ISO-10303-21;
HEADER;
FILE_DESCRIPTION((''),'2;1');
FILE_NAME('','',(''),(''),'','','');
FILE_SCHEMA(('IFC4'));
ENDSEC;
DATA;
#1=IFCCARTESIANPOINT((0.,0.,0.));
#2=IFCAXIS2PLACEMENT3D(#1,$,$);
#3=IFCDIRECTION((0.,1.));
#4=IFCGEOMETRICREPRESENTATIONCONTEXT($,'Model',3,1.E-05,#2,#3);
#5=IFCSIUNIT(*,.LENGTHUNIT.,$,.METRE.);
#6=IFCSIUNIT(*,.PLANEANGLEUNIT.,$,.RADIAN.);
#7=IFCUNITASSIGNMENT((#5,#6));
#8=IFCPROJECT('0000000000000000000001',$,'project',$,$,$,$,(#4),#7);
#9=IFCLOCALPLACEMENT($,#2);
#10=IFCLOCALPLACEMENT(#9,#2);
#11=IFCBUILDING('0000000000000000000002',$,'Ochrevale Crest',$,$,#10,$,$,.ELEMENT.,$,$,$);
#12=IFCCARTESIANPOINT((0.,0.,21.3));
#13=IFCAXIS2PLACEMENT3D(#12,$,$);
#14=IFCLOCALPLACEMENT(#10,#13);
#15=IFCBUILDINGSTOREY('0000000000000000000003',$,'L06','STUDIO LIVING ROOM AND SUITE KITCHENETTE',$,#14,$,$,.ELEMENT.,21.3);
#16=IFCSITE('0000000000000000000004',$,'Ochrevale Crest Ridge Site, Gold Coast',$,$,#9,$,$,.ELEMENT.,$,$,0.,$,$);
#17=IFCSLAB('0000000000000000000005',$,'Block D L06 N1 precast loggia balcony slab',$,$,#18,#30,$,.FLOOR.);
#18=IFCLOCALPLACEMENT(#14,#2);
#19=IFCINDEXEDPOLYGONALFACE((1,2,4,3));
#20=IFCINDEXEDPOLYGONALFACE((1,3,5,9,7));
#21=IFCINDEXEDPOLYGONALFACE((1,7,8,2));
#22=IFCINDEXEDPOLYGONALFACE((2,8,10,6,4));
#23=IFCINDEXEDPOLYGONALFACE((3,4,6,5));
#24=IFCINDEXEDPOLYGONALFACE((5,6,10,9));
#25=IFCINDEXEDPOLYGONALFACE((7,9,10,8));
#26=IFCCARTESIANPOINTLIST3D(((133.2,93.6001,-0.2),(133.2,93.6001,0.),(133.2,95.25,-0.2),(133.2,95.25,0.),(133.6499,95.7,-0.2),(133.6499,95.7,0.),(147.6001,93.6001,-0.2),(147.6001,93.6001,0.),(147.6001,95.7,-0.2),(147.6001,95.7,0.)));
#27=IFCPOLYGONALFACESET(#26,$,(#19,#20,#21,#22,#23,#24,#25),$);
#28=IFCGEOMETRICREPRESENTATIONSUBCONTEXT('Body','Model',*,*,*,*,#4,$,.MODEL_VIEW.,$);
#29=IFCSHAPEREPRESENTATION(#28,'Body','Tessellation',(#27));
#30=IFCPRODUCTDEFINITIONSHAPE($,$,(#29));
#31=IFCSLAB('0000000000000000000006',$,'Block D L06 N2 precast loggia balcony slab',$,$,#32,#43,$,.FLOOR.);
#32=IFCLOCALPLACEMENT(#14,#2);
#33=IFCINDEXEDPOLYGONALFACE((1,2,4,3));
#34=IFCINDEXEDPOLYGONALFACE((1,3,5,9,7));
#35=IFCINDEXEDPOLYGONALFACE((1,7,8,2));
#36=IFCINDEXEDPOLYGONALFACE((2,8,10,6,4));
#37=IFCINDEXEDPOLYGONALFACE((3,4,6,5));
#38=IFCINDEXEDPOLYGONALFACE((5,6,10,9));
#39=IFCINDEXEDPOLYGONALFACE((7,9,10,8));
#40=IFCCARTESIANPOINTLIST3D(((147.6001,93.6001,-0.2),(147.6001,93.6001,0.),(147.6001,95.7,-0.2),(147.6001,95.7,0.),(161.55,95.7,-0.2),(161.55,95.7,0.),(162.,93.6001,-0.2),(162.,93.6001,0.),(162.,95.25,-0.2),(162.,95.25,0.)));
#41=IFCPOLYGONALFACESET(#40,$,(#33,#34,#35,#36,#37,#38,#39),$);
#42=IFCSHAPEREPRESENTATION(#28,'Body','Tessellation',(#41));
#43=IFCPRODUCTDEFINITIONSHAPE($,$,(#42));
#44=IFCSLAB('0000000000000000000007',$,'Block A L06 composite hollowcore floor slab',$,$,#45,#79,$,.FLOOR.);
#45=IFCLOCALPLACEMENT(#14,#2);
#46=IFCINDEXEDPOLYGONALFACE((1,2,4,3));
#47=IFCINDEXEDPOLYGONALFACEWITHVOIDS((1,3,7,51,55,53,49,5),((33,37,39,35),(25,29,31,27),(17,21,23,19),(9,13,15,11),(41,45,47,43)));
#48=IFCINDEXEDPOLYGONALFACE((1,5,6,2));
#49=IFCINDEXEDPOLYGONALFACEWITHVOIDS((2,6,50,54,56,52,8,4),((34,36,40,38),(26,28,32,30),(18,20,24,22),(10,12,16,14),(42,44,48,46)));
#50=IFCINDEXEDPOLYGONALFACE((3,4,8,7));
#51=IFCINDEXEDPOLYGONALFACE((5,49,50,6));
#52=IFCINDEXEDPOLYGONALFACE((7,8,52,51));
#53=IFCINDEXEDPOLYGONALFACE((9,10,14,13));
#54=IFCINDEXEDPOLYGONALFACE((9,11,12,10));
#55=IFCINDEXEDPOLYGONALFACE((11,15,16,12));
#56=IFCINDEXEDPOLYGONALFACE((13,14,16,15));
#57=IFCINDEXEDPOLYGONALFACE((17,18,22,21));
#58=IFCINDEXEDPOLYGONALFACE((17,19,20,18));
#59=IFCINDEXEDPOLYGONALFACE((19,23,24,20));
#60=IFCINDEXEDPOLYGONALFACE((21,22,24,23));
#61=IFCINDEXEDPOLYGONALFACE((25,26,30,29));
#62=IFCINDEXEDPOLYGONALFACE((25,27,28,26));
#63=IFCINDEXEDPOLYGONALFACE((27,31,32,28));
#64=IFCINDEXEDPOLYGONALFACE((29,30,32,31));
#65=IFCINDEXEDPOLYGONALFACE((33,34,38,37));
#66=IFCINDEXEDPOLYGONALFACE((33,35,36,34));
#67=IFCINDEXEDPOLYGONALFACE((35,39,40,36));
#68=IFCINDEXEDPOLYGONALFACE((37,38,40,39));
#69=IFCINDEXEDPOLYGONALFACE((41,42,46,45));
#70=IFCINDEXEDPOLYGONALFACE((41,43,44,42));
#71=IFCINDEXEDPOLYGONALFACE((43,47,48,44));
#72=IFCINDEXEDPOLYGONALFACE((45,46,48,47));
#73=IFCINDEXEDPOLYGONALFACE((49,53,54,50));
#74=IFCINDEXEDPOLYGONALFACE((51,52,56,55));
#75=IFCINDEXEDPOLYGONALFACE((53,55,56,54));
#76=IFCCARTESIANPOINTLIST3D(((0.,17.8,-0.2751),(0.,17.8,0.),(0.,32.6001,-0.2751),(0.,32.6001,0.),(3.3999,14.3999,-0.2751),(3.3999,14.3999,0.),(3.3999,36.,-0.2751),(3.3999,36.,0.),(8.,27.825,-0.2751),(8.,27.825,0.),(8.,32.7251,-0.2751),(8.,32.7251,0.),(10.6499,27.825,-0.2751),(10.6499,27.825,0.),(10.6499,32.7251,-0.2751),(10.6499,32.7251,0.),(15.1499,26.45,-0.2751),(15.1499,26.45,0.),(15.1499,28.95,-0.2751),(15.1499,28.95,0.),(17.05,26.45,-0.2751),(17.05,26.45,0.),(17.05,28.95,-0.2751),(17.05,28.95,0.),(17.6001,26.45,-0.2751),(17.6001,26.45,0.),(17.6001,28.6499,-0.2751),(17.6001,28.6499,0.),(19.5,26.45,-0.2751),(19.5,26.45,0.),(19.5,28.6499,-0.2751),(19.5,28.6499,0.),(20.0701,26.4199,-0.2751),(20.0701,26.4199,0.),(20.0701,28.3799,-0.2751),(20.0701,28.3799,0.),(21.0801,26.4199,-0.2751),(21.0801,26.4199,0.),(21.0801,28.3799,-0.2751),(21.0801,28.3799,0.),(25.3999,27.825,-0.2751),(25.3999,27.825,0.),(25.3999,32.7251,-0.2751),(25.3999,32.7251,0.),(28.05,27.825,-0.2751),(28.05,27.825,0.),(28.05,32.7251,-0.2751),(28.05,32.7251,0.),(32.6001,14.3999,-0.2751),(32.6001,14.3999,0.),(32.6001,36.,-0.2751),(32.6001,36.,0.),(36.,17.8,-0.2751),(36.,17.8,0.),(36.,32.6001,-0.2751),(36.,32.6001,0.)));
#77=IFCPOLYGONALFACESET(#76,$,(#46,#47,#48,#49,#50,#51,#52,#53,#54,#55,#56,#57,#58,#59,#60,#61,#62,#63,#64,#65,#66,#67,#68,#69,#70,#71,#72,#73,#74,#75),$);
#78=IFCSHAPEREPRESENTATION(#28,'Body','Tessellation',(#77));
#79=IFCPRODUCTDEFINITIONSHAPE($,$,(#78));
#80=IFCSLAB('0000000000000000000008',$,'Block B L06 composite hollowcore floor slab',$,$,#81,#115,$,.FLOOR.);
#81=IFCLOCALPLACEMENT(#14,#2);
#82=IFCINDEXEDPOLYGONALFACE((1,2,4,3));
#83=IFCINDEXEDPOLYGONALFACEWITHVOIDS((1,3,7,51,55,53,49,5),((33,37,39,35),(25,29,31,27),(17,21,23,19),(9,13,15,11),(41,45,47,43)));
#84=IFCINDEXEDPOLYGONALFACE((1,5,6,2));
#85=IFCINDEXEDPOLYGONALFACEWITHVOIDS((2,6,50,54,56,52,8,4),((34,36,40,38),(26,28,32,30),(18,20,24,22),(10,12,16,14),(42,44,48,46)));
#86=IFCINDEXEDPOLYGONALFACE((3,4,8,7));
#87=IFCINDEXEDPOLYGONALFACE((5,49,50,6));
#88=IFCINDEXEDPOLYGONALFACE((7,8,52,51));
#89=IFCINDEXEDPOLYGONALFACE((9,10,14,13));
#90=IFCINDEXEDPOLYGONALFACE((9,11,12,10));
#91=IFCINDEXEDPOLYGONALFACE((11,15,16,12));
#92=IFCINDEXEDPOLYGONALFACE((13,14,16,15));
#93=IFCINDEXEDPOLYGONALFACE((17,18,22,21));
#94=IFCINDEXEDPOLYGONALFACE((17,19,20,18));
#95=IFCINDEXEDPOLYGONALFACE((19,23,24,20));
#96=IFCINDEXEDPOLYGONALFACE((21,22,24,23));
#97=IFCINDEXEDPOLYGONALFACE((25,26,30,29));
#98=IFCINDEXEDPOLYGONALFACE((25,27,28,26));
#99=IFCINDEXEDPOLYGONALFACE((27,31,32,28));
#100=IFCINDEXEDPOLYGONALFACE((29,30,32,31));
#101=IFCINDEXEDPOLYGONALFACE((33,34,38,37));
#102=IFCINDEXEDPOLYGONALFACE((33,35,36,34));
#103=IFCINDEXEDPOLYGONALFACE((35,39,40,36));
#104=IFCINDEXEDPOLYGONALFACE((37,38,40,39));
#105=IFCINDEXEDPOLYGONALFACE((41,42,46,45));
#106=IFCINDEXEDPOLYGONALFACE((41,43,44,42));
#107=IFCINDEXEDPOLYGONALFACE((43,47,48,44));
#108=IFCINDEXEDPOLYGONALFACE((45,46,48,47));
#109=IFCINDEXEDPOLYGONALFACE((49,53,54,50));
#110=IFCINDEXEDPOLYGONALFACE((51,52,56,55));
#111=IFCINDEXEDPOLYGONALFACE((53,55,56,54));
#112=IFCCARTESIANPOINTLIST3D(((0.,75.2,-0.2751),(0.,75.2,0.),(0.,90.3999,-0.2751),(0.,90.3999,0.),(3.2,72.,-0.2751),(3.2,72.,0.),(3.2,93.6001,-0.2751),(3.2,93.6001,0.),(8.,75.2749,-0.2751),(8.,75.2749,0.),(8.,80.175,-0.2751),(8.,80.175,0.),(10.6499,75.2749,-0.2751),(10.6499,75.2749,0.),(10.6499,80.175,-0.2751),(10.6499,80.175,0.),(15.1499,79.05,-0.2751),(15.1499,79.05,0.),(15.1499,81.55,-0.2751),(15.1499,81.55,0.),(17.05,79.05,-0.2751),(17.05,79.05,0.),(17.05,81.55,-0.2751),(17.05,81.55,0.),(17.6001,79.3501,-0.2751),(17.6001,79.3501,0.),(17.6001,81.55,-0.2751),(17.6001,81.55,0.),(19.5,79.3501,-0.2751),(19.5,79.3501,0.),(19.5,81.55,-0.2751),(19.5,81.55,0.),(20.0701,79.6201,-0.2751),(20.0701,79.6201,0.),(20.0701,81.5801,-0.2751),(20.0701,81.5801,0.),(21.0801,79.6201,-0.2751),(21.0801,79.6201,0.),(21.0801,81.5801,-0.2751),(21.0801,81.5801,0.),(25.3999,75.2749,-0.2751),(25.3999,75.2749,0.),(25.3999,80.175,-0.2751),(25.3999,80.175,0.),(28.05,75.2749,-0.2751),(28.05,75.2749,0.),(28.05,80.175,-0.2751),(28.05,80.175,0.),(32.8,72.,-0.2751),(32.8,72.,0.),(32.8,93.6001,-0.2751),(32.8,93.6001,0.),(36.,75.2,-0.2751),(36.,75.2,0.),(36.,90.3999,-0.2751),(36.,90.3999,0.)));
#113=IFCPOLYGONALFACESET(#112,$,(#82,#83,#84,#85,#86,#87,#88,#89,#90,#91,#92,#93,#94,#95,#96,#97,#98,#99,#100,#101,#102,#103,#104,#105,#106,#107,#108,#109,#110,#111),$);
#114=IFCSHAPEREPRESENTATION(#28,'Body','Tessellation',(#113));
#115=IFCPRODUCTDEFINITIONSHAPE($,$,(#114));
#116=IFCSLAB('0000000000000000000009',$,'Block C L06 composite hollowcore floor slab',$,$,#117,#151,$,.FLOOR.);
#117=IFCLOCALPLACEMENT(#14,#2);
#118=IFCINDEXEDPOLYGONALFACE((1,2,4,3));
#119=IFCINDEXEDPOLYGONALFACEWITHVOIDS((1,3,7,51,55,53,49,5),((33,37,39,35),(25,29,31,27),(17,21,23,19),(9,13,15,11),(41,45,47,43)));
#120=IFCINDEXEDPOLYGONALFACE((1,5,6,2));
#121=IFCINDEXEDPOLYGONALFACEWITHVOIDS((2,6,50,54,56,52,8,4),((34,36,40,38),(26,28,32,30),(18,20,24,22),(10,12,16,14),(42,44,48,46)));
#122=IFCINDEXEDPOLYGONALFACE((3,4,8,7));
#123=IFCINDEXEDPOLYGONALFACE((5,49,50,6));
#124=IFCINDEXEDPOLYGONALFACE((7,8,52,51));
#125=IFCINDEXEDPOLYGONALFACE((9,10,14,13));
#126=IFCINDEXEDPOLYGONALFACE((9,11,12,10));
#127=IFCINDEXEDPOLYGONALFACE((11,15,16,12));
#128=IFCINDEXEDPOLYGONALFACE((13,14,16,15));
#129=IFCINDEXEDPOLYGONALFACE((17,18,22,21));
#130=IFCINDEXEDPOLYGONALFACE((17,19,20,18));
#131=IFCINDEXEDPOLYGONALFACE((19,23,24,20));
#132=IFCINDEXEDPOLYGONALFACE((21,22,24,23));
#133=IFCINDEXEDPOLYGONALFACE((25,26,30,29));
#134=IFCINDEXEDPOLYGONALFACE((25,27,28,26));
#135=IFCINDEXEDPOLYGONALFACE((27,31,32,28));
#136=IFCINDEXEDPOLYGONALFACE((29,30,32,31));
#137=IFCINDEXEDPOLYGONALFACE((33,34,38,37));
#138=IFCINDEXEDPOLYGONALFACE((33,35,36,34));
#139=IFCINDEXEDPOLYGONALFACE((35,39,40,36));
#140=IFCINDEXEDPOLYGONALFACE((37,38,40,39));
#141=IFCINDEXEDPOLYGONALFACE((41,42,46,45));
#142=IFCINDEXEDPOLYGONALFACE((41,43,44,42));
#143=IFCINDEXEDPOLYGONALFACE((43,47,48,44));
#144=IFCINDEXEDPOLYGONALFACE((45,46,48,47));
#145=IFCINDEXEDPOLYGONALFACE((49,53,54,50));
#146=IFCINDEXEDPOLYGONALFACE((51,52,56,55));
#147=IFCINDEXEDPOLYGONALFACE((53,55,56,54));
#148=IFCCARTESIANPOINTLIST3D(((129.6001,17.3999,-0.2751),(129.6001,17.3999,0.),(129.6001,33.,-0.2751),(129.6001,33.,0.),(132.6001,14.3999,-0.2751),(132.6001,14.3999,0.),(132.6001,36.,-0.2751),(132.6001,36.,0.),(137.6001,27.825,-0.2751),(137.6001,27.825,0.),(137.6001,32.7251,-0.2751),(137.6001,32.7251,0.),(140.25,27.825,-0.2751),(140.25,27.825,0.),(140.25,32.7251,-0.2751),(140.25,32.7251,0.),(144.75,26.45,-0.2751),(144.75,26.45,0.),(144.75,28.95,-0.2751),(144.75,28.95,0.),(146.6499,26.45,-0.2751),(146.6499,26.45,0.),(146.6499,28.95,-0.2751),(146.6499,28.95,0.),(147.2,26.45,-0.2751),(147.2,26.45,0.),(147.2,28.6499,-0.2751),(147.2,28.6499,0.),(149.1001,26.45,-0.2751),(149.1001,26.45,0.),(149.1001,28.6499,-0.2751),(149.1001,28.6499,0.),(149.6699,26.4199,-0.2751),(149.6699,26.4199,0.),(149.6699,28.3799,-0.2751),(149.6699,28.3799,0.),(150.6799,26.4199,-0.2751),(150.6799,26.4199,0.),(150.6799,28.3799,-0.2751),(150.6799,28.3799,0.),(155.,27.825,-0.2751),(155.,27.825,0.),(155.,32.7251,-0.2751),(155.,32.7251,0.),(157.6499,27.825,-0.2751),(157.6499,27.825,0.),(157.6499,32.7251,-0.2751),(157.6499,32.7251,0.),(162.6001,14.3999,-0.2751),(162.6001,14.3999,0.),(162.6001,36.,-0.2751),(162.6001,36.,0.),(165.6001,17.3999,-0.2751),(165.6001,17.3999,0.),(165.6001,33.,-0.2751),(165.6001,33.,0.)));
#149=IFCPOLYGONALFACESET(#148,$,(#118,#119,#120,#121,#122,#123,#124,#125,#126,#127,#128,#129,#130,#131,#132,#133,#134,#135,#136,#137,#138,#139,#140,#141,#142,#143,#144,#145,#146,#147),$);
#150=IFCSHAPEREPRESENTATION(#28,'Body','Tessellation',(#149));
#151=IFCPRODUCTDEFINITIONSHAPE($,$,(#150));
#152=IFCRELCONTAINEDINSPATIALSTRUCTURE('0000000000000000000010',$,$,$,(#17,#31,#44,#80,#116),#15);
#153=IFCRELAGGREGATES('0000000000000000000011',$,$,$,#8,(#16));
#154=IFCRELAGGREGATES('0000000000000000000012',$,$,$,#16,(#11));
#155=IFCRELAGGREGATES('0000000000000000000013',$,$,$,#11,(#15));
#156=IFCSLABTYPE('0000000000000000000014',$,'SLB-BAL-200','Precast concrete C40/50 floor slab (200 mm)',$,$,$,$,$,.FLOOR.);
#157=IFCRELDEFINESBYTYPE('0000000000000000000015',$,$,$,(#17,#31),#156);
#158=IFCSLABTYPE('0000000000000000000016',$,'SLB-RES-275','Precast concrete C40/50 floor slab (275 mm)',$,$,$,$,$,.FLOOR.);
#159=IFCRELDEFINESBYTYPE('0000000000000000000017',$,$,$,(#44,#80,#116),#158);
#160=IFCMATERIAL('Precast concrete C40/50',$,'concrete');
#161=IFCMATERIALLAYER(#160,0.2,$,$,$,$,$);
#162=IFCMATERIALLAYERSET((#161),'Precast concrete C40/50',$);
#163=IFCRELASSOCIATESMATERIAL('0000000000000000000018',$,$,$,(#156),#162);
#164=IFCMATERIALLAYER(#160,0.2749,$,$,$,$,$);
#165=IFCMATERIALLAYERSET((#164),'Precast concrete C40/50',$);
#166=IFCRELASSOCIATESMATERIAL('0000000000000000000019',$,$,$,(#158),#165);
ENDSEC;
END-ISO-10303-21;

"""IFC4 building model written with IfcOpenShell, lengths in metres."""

from ifc_helpers import new_model, si_unit, direction, frame, origin, place, context, subcontext, project, spatial, polyline, outline, extrude, material, layer, layer_set, type_object, element, save


model = new_model("IFC4")

# Units and contexts
model_context = context("Model", 3, precision=1e-05, world=origin(), true_north=direction((0.0, 1.0)))
body_context = subcontext(model_context, "Body", "Model", "MODEL_VIEW")
ifc_project = project(units=[si_unit("LENGTHUNIT", "METRE"), si_unit("PLANEANGLEUNIT", "RADIAN")], contexts=[model_context])

# Site, building, storey
site_placement = place(None, origin())
site = spatial("IfcSite", under=ifc_project, at=site_placement, Name="Ochrevale Crest Ridge Site, Gold Coast", CompositionType="ELEMENT", RefElevation=0.0)
building_placement = place(site_placement, origin())
building = spatial("IfcBuilding", under=site, at=building_placement, Name="Ochrevale Crest", CompositionType="ELEMENT")
storey_placement = place(building_placement, frame((0.0, 0.0, 21.3)))
storey = spatial("IfcBuildingStorey", under=building, at=storey_placement, Name="L06", Description="STUDIO LIVING ROOM AND SUITE KITCHENETTE", CompositionType="ELEMENT", Elevation=21.3)

# Slabs
ifc_material = material(Name="Precast concrete C40/50", Category="concrete")
ifc_layer_1 = layer(ifc_material, 0.2)
ifc_layer_set_1 = layer_set([ifc_layer_1], Name="Precast concrete C40/50")
slab_type_1 = type_object("IfcSlabType", Name="SLB-BAL-200", Description="Precast concrete C40/50 floor slab (200 mm)", PredefinedType="FLOOR", material=ifc_layer_set_1)
slab_1_placement = place(storey_placement, frame((0.0, 0.0, -0.2)))
element("IfcSlab", 1, at=slab_1_placement, inside=storey, type_object=slab_type_1, Name="Block D L06 N1 precast loggia balcony slab", PredefinedType="FLOOR", context=body_context, shape_type="SweptSolid", body=[
    extrude(outline(polyline([(133.2, 93.6001), (147.6001, 93.6001), (147.6001, 95.7), (133.6499, 95.7), (133.2, 95.25), (133.2, 93.6001)])), origin(), (0.0, 0.0, 1.0), 0.2),
])
slab_2_placement = place(storey_placement, frame((0.0, 0.0, -0.2)))
element("IfcSlab", 2, at=slab_2_placement, inside=storey, type_object=slab_type_1, Name="Block D L06 N2 precast loggia balcony slab", PredefinedType="FLOOR", context=body_context, shape_type="SweptSolid", body=[
    extrude(outline(polyline([(147.6001, 93.6001), (162.0, 93.6001), (162.0, 95.25), (161.55, 95.7), (147.6001, 95.7), (147.6001, 93.6001)])), origin(), (0.0, 0.0, 1.0), 0.2),
])
ifc_layer_2 = layer(ifc_material, 0.2749)
ifc_layer_set_2 = layer_set([ifc_layer_2], Name="Precast concrete C40/50")
slab_type_2 = type_object("IfcSlabType", Name="SLB-RES-275", Description="Precast concrete C40/50 floor slab (275 mm)", PredefinedType="FLOOR", material=ifc_layer_set_2)
slab_3_placement = place(storey_placement, frame((0.0, 0.0, -0.2751)))
element("IfcSlab", 3, at=slab_3_placement, inside=storey, type_object=slab_type_2, Name="Block A L06 composite hollowcore floor slab", PredefinedType="FLOOR", context=body_context, shape_type="SweptSolid", body=[
    extrude(outline(polyline([(3.3999, 14.3999), (32.6001, 14.3999), (36.0, 17.8), (36.0, 32.6001), (32.6001, 36.0), (3.3999, 36.0), (0.0, 32.6001), (0.0, 17.8), (3.3999, 14.3999)]), holes=[polyline([(10.6499, 27.825), (10.6499, 32.7251), (8.0, 32.7251), (8.0, 27.825), (10.6499, 27.825)]), polyline([(28.05, 27.825), (28.05, 32.7251), (25.3999, 32.7251), (25.3999, 27.825), (28.05, 27.825)]), polyline([(15.1499, 26.45), (17.05, 26.45), (17.05, 28.95), (15.1499, 28.95), (15.1499, 26.45)]), polyline([(17.6001, 26.45), (19.5, 26.45), (19.5, 28.6499), (17.6001, 28.6499), (17.6001, 26.45)]), polyline([(20.0701, 26.4199), (21.0801, 26.4199), (21.0801, 28.3799), (20.0701, 28.3799), (20.0701, 26.4199)])]), origin(), (0.0, 0.0, 1.0), 0.2751),
])
slab_4_placement = place(storey_placement, frame((0.0, 0.0, -0.2751)))
element("IfcSlab", 4, at=slab_4_placement, inside=storey, type_object=slab_type_2, Name="Block B L06 composite hollowcore floor slab", PredefinedType="FLOOR", context=body_context, shape_type="SweptSolid", body=[
    extrude(outline(polyline([(3.2, 72.0), (32.8, 72.0), (36.0, 75.2), (36.0, 90.3999), (32.8, 93.6001), (3.2, 93.6001), (0.0, 90.3999), (0.0, 75.2), (3.2, 72.0)]), holes=[polyline([(8.0, 80.175), (8.0, 75.2749), (10.6499, 75.2749), (10.6499, 80.175), (8.0, 80.175)]), polyline([(25.3999, 80.175), (25.3999, 75.2749), (28.05, 75.2749), (28.05, 80.175), (25.3999, 80.175)]), polyline([(15.1499, 79.05), (17.05, 79.05), (17.05, 81.55), (15.1499, 81.55), (15.1499, 79.05)]), polyline([(17.6001, 79.3501), (19.5, 79.3501), (19.5, 81.55), (17.6001, 81.55), (17.6001, 79.3501)]), polyline([(20.0701, 79.6201), (21.0801, 79.6201), (21.0801, 81.5801), (20.0701, 81.5801), (20.0701, 79.6201)])]), origin(), (0.0, 0.0, 1.0), 0.2751),
])
slab_5_placement = place(storey_placement, frame((0.0, 0.0, -0.2751)))
element("IfcSlab", 5, at=slab_5_placement, inside=storey, type_object=slab_type_2, Name="Block C L06 composite hollowcore floor slab", PredefinedType="FLOOR", context=body_context, shape_type="SweptSolid", body=[
    extrude(outline(polyline([(132.6001, 14.3999), (162.6001, 14.3999), (165.6001, 17.3999), (165.6001, 33.0), (162.6001, 36.0), (132.6001, 36.0), (129.6001, 33.0), (129.6001, 17.3999), (132.6001, 14.3999)]), holes=[polyline([(140.25, 27.825), (140.25, 32.7251), (137.6001, 32.7251), (137.6001, 27.825), (140.25, 27.825)]), polyline([(157.6499, 27.825), (157.6499, 32.7251), (155.0, 32.7251), (155.0, 27.825), (157.6499, 27.825)]), polyline([(144.75, 26.45), (146.6499, 26.45), (146.6499, 28.95), (144.75, 28.95), (144.75, 26.45)]), polyline([(147.2, 26.45), (149.1001, 26.45), (149.1001, 28.6499), (147.2, 28.6499), (147.2, 26.45)]), polyline([(149.6699, 26.4199), (150.6799, 26.4199), (150.6799, 28.3799), (149.6699, 28.3799), (149.6699, 26.4199)])]), origin(), (0.0, 0.0, 1.0), 0.2751),
])

save(model, "model.ifc")
